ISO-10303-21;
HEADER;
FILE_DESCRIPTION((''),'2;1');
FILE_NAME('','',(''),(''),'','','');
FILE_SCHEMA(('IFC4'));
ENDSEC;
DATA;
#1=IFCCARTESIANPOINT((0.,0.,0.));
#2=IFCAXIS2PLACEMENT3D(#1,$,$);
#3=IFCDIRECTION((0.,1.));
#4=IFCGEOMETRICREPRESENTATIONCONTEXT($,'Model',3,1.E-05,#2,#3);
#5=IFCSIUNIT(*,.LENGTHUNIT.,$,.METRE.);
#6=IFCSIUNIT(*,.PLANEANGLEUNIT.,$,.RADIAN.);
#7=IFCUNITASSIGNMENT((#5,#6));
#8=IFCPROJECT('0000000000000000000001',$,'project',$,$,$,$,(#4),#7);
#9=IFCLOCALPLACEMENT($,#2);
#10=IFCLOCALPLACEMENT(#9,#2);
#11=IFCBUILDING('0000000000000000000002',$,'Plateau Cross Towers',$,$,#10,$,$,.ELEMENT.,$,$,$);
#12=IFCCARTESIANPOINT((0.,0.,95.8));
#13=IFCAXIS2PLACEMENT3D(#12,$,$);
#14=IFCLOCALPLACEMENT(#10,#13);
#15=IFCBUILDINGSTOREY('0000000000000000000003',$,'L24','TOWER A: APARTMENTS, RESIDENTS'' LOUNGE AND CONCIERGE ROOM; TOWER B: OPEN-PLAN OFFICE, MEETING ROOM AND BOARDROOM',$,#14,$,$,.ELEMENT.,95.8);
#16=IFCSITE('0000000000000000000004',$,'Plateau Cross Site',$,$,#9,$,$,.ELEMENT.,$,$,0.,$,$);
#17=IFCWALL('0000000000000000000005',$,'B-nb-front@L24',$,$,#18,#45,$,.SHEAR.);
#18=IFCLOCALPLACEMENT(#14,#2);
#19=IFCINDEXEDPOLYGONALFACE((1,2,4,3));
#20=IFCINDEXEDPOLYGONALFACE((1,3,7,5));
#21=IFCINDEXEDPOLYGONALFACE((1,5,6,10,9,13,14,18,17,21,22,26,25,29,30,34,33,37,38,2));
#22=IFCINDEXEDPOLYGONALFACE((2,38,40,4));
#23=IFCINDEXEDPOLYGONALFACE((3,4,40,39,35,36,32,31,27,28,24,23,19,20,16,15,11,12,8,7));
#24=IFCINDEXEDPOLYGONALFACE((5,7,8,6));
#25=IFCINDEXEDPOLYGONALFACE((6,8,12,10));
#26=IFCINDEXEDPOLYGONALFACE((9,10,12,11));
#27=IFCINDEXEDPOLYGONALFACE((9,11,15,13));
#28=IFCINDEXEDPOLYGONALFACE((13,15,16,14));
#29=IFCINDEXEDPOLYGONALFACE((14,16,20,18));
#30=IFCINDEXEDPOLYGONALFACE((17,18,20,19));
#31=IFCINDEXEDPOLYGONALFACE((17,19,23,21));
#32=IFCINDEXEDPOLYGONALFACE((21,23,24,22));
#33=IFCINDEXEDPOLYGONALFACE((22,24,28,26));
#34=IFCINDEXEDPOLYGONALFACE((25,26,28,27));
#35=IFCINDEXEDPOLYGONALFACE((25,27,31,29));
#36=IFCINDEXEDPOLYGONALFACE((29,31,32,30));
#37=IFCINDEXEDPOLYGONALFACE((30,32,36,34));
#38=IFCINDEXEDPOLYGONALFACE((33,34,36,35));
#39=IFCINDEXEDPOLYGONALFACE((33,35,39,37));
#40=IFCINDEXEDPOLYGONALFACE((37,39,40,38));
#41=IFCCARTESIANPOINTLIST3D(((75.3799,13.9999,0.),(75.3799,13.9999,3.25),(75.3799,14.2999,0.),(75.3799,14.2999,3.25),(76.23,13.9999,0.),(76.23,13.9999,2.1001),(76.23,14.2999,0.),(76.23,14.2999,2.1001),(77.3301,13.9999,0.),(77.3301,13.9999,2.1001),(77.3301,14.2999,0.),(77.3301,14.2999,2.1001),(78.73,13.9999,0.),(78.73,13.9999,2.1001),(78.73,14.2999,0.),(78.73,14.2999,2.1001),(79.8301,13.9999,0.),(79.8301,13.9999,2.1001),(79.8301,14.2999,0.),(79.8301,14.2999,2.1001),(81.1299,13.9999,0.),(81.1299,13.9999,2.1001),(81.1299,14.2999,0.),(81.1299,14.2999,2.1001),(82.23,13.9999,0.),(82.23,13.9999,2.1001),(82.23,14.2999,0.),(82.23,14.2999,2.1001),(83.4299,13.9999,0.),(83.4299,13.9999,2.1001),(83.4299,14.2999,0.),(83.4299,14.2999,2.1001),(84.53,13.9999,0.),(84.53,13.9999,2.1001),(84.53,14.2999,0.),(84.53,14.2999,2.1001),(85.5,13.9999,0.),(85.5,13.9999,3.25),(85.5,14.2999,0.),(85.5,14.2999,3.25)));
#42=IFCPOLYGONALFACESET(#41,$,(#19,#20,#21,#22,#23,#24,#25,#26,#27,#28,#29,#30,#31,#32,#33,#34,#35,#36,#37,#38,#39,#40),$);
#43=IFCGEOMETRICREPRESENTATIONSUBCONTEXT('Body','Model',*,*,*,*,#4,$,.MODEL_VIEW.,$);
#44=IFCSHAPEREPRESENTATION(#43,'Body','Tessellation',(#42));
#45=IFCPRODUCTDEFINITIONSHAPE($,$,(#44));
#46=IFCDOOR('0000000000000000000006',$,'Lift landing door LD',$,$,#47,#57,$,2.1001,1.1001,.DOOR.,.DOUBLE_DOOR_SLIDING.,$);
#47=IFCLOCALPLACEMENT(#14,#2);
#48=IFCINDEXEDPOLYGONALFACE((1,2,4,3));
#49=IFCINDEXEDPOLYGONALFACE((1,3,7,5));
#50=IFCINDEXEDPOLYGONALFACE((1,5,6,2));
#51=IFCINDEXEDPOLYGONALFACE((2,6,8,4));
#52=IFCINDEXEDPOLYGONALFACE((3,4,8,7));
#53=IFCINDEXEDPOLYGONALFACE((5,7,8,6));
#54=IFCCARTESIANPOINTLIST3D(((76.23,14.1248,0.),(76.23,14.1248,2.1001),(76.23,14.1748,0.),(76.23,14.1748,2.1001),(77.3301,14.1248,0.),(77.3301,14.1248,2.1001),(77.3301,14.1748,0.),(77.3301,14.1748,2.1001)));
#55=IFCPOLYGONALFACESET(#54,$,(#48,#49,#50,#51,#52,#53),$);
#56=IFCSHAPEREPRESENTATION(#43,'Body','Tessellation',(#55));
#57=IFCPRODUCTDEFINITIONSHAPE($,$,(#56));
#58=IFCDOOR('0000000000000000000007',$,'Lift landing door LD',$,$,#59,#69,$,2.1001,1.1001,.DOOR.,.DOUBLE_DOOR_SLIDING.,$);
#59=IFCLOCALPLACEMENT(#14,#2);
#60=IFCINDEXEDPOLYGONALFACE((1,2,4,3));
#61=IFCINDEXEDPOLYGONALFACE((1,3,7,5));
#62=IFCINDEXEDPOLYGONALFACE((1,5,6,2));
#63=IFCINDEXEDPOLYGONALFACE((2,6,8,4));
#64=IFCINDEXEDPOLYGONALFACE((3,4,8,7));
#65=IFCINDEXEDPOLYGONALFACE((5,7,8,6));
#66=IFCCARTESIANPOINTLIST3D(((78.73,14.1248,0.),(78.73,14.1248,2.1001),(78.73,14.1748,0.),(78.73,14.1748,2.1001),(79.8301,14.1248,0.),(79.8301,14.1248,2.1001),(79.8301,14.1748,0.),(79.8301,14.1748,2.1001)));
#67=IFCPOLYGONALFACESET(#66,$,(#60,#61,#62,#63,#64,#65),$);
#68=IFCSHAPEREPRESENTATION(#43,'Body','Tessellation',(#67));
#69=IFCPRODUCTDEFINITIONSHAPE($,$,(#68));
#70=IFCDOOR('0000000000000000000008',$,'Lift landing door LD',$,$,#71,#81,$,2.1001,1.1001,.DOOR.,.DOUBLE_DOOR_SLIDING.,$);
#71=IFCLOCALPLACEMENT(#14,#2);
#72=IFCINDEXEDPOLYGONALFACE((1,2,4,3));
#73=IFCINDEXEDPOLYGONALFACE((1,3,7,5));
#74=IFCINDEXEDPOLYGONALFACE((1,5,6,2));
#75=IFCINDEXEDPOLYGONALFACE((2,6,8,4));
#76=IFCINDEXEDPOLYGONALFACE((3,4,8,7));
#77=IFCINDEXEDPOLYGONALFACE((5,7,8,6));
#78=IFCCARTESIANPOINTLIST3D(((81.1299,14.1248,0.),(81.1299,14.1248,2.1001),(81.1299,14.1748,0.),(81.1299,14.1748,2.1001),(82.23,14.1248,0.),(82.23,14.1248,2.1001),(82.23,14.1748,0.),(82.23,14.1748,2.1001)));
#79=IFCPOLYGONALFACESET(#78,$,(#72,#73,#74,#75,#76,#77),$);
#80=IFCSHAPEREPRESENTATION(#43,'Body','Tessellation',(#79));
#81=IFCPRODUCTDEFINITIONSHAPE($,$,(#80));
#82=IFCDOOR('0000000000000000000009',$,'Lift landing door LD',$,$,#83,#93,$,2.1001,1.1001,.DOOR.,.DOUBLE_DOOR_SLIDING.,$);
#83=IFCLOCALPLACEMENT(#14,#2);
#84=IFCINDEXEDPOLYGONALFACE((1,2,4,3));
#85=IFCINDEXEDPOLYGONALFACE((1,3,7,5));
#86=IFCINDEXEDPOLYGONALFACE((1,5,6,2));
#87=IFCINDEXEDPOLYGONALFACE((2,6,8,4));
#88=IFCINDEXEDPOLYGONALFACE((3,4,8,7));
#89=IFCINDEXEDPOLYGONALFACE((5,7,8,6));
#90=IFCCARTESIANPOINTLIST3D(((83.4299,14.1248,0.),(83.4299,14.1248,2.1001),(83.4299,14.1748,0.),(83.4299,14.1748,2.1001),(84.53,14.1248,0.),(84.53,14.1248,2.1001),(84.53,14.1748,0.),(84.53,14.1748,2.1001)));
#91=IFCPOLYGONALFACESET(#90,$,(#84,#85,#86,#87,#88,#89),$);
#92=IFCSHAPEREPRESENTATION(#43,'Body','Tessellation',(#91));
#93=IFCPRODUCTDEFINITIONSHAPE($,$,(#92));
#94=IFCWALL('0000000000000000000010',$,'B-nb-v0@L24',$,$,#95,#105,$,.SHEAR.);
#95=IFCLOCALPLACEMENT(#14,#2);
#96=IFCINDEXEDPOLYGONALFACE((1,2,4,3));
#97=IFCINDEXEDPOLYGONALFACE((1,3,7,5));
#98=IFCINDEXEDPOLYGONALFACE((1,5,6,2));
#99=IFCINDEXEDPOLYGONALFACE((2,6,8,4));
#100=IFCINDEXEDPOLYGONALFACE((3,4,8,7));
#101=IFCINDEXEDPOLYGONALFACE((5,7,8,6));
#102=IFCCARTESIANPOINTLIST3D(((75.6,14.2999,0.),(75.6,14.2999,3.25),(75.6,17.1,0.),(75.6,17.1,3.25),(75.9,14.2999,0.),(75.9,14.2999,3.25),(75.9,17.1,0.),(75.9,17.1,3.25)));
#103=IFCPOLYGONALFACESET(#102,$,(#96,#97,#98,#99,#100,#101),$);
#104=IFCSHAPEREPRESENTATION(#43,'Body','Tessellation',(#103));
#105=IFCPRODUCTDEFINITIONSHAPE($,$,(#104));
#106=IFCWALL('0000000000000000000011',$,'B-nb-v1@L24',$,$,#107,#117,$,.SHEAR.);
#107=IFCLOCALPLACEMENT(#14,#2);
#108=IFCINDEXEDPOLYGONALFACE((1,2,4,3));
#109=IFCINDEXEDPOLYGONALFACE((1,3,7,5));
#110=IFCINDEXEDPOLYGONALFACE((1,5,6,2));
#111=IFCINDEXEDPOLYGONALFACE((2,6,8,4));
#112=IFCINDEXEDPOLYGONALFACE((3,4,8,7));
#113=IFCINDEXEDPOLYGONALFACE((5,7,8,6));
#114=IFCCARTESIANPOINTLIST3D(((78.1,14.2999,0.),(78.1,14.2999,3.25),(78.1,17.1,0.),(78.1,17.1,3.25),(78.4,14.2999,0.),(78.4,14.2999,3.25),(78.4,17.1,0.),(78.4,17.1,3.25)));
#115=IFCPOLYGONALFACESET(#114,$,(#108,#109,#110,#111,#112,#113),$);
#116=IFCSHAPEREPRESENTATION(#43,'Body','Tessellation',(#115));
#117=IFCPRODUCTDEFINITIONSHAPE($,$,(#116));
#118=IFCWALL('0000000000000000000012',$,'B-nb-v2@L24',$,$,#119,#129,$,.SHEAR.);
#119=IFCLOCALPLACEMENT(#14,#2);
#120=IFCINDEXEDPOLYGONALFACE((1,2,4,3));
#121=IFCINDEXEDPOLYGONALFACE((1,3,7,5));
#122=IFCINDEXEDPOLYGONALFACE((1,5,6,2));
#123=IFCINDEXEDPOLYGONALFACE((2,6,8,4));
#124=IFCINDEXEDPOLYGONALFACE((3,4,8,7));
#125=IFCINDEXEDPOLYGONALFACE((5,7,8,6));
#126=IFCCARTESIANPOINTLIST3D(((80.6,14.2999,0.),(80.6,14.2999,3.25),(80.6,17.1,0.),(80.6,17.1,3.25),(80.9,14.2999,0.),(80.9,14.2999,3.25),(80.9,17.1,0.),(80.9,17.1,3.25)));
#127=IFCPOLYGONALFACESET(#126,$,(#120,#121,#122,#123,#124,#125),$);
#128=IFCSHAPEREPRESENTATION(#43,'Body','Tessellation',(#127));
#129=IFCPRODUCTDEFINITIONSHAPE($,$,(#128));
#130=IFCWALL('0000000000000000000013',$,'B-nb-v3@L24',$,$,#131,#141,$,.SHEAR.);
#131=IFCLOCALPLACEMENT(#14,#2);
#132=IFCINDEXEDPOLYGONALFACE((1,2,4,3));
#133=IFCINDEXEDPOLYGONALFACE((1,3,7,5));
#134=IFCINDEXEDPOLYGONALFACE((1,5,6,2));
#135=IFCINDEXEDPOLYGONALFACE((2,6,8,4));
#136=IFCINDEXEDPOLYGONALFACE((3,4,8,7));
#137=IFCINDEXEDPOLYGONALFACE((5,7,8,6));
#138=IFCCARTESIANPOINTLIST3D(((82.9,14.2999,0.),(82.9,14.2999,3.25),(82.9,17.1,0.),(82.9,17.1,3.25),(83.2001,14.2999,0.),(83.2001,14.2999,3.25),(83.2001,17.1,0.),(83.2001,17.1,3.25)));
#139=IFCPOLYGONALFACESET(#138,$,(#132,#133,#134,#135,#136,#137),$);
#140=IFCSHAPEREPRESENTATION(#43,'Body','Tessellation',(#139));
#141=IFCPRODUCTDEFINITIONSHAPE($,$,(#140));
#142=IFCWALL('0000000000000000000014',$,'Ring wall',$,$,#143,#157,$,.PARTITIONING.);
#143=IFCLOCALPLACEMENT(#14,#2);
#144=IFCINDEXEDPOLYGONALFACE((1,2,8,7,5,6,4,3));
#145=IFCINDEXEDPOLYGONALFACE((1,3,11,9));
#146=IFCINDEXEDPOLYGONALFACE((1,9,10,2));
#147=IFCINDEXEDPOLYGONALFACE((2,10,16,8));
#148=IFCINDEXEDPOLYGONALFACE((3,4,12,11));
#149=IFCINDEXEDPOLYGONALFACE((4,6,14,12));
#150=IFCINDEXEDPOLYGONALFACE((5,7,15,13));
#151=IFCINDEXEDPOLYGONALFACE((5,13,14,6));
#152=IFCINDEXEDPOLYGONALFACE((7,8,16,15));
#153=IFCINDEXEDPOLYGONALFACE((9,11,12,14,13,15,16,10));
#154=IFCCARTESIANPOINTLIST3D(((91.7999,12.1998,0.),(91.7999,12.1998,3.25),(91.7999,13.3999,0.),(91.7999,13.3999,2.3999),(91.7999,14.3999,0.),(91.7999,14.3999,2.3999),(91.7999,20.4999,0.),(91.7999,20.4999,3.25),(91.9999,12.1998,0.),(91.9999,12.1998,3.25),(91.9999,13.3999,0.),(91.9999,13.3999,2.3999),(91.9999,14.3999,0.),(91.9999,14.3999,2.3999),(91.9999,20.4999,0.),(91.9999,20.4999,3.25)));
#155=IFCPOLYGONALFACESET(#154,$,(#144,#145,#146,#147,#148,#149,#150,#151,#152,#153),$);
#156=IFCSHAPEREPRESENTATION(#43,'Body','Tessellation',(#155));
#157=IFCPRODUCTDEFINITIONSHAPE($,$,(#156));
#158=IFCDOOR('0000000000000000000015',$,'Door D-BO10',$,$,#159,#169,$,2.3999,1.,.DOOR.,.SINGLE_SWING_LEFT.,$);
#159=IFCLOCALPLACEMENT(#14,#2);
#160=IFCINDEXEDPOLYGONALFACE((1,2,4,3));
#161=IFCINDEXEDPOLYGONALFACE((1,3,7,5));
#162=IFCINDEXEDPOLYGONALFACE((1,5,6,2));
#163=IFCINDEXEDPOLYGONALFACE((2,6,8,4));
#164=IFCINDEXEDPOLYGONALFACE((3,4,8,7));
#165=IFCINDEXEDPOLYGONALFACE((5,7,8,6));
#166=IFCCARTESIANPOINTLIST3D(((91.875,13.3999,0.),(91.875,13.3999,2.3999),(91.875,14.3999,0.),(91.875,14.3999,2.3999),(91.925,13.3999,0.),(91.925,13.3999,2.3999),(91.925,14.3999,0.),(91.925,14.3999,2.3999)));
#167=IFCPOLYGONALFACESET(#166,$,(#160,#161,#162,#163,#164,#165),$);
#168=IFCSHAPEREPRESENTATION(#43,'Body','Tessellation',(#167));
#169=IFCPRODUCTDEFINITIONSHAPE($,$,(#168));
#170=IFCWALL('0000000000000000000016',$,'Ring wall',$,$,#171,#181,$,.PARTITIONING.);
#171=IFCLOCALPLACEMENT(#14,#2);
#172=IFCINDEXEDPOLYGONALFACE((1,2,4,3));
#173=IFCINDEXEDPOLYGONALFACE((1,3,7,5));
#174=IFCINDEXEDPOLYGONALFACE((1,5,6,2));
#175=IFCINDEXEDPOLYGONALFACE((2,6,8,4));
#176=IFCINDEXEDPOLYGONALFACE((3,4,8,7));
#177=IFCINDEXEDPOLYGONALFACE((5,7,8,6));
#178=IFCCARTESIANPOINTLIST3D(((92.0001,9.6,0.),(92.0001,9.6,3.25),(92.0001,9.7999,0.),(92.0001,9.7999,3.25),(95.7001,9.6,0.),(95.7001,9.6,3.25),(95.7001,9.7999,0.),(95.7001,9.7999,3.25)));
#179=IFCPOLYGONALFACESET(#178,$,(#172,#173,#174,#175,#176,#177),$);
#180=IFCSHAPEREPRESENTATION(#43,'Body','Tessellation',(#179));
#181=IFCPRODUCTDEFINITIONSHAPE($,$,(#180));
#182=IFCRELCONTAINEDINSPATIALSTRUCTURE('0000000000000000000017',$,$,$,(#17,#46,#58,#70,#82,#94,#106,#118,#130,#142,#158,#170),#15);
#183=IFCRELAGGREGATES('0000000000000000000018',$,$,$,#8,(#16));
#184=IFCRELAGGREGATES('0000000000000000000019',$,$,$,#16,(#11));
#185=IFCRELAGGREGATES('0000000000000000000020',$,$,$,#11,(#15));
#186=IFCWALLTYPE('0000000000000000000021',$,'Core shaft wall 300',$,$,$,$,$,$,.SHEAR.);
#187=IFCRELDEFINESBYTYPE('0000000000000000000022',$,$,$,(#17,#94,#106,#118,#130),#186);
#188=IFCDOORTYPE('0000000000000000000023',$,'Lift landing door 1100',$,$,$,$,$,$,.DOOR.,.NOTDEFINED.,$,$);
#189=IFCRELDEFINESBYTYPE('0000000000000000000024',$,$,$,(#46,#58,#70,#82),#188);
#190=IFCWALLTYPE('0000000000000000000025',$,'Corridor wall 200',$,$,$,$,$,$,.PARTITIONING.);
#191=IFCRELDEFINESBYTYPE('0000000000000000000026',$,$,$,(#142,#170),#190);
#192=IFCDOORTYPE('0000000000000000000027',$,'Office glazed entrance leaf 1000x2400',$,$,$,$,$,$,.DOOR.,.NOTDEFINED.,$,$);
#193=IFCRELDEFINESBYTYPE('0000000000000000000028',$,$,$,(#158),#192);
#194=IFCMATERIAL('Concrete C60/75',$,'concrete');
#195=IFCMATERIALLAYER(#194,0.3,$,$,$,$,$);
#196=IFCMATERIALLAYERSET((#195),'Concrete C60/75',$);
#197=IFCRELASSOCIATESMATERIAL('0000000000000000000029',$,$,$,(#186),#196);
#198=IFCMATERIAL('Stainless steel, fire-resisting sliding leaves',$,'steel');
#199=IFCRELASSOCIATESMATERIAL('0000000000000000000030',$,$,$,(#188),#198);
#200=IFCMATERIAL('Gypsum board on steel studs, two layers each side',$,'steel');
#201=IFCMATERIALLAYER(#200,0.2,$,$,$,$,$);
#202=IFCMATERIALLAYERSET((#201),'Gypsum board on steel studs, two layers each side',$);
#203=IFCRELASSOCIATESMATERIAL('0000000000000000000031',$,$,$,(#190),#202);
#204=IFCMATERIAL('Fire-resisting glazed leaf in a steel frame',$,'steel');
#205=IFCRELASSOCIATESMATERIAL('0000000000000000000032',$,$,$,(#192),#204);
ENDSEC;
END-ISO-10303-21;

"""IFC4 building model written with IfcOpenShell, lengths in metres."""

from ifc_helpers import new_model, si_unit, direction, frame, frame_2d, origin, place, context, subcontext, project, spatial, rectangle, extrude, material, layer, layer_set, type_object, element, fill, save


model = new_model("IFC4")

# Units and contexts
model_context = context("Model", 3, precision=1e-05, world=origin(), true_north=direction((0.0, 1.0)))
body_context = subcontext(model_context, "Body", "Model", "MODEL_VIEW")
ifc_project = project(units=[si_unit("LENGTHUNIT", "METRE"), si_unit("PLANEANGLEUNIT", "RADIAN")], contexts=[model_context])

# Site, building, storey
site_placement = place(None, origin())
site = spatial("IfcSite", under=ifc_project, at=site_placement, Name="Plateau Cross Site", CompositionType="ELEMENT", RefElevation=0.0)
building_placement = place(site_placement, origin())
building = spatial("IfcBuilding", under=site, at=building_placement, Name="Plateau Cross Towers", CompositionType="ELEMENT")
storey_placement = place(building_placement, frame((0.0, 0.0, 95.8)))
storey = spatial("IfcBuildingStorey", under=building, at=storey_placement, Name="L24", Description="TOWER A: APARTMENTS, RESIDENTS' LOUNGE AND CONCIERGE ROOM; TOWER B: OPEN-PLAN OFFICE, MEETING ROOM AND BOARDROOM", CompositionType="ELEMENT", Elevation=95.8)

# Shared definitions
ifc_material_1 = material(Name="Concrete C60/75", Category="concrete")

# Wall, openings, doors
ifc_layer_1 = layer(ifc_material_1, 0.3)
ifc_layer_set_1 = layer_set([ifc_layer_1], Name="Concrete C60/75")
wall_type_1 = type_object("IfcWallType", Name="Core shaft wall 300", PredefinedType="SHEAR", material=ifc_layer_set_1)
wall_1_placement = place(storey_placement, frame((75.3799, 14.1499, 0.0), z_axis=(0.0, 0.0, 1.0), x_axis=(1.0, 0.0, 0.0)))
wall_1 = element("IfcWall", 1, at=wall_1_placement, inside=storey, type_object=wall_type_1, Name="B-nb-front@L24", PredefinedType="SHEAR", context=body_context, shape_type="SweptSolid", body=[
    extrude(rectangle(XDim=10.1201, YDim=0.3, at=frame_2d((5.0601, 0.0))), origin(), (0.0, 0.0, 1.0), 3.25),
])
opening_1_placement = place(wall_1_placement, frame((0.8501, 0.0, 0.0)))
opening_1 = element("IfcOpeningElement", 2, at=opening_1_placement, cuts=wall_1, PredefinedType="OPENING", context=body_context, shape_type="SweptSolid", body=[
    extrude(rectangle(XDim=1.1001, YDim=2.1001, at=frame_2d((0.55, 1.05))), frame((0.0, 0.1599, 0.0), z_axis=(0.0, -1.0, 0.0), x_axis=(1.0, 0.0, 0.0)), (0.0, 0.0, 1.0), 0.3201),
])
opening_2_placement = place(wall_1_placement, frame((3.3501, 0.0, 0.0)))
opening_2 = element("IfcOpeningElement", 3, at=opening_2_placement, cuts=wall_1, PredefinedType="OPENING", context=body_context, shape_type="SweptSolid", body=[
    extrude(rectangle(XDim=1.1001, YDim=2.1001, at=frame_2d((0.55, 1.05))), frame((0.0, 0.1599, 0.0), z_axis=(0.0, -1.0, 0.0), x_axis=(1.0, 0.0, 0.0)), (0.0, 0.0, 1.0), 0.3201),
])
opening_3_placement = place(wall_1_placement, frame((5.75, 0.0, 0.0)))
opening_3 = element("IfcOpeningElement", 4, at=opening_3_placement, cuts=wall_1, PredefinedType="OPENING", context=body_context, shape_type="SweptSolid", body=[
    extrude(rectangle(XDim=1.1001, YDim=2.1001, at=frame_2d((0.55, 1.05))), frame((0.0, 0.1599, 0.0), z_axis=(0.0, -1.0, 0.0), x_axis=(1.0, 0.0, 0.0)), (0.0, 0.0, 1.0), 0.3201),
])
opening_4_placement = place(wall_1_placement, frame((8.05, 0.0, 0.0)))
opening_4 = element("IfcOpeningElement", 5, at=opening_4_placement, cuts=wall_1, PredefinedType="OPENING", context=body_context, shape_type="SweptSolid", body=[
    extrude(rectangle(XDim=1.1001, YDim=2.1001, at=frame_2d((0.55, 1.05))), frame((0.0, 0.1599, 0.0), z_axis=(0.0, -1.0, 0.0), x_axis=(1.0, 0.0, 0.0)), (0.0, 0.0, 1.0), 0.3201),
])
ifc_material_2 = material(Name="Stainless steel, fire-resisting sliding leaves", Category="steel")
door_type_1 = type_object("IfcDoorType", Name="Lift landing door 1100", OperationType="NOTDEFINED", PredefinedType="DOOR", material=ifc_material_2)
door_1_placement = place(opening_1_placement, origin())
door_1 = element("IfcDoor", 6, at=door_1_placement, inside=storey, type_object=door_type_1, Name="Lift landing door LD", OperationType="DOUBLE_DOOR_SLIDING", OverallHeight=2.1001, OverallWidth=1.1001, PredefinedType="DOOR", context=body_context, shape_type="SweptSolid", body=[
    extrude(rectangle(XDim=1.1001, YDim=2.1001, at=frame_2d((0.55, 1.05))), frame((0.0, 0.0249, 0.0), z_axis=(0.0, -1.0, 0.0), x_axis=(1.0, 0.0, 0.0)), (0.0, 0.0, 1.0), 0.05),
])
fill(opening_1, door_1)
door_2_placement = place(opening_2_placement, origin())
door_2 = element("IfcDoor", 7, at=door_2_placement, inside=storey, type_object=door_type_1, Name="Lift landing door LD", OperationType="DOUBLE_DOOR_SLIDING", OverallHeight=2.1001, OverallWidth=1.1001, PredefinedType="DOOR", context=body_context, shape_type="SweptSolid", body=[
    extrude(rectangle(XDim=1.1001, YDim=2.1001, at=frame_2d((0.55, 1.05))), frame((0.0, 0.0249, 0.0), z_axis=(0.0, -1.0, 0.0), x_axis=(1.0, 0.0, 0.0)), (0.0, 0.0, 1.0), 0.05),
])
fill(opening_2, door_2)
door_3_placement = place(opening_3_placement, origin())
door_3 = element("IfcDoor", 8, at=door_3_placement, inside=storey, type_object=door_type_1, Name="Lift landing door LD", OperationType="DOUBLE_DOOR_SLIDING", OverallHeight=2.1001, OverallWidth=1.1001, PredefinedType="DOOR", context=body_context, shape_type="SweptSolid", body=[
    extrude(rectangle(XDim=1.1001, YDim=2.1001, at=frame_2d((0.55, 1.05))), frame((0.0, 0.0249, 0.0), z_axis=(0.0, -1.0, 0.0), x_axis=(1.0, 0.0, 0.0)), (0.0, 0.0, 1.0), 0.05),
])
fill(opening_3, door_3)
door_4_placement = place(opening_4_placement, origin())
door_4 = element("IfcDoor", 9, at=door_4_placement, inside=storey, type_object=door_type_1, Name="Lift landing door LD", OperationType="DOUBLE_DOOR_SLIDING", OverallHeight=2.1001, OverallWidth=1.1001, PredefinedType="DOOR", context=body_context, shape_type="SweptSolid", body=[
    extrude(rectangle(XDim=1.1001, YDim=2.1001, at=frame_2d((0.55, 1.05))), frame((0.0, 0.0249, 0.0), z_axis=(0.0, -1.0, 0.0), x_axis=(1.0, 0.0, 0.0)), (0.0, 0.0, 1.0), 0.05),
])
fill(opening_4, door_4)

# Walls
for number, where, z_axis, x_axis, name in (
    (10, (75.75, 14.3, 0.0), (0.0, 0.0, 1.0), (0.0, 1.0, 0.0), "B-nb-v0@L24"),
    (11, (78.25, 14.3, 0.0), (0.0, 0.0, 1.0), (0.0, 1.0, 0.0), "B-nb-v1@L24"),
    (12, (80.75, 14.3, 0.0), (0.0, 0.0, 1.0), (0.0, 1.0, 0.0), "B-nb-v2@L24"),
    (13, (83.05, 14.3, 0.0), (0.0, 0.0, 1.0), (0.0, 1.0, 0.0), "B-nb-v3@L24"),
):
    element("IfcWall", number, at=place(storey_placement, frame(where, z_axis=z_axis, x_axis=x_axis)), inside=storey, type_object=wall_type_1, Name=name, PredefinedType="SHEAR", context=body_context, shape_type="SweptSolid", body=[
        extrude(rectangle(XDim=2.8, YDim=0.3, at=frame_2d((1.3999, 0.0))), origin(), (0.0, 0.0, 1.0), 3.25),
    ])

# Wall, opening, door
ifc_material_3 = material(Name="Gypsum board on steel studs, two layers each side", Category="steel")
ifc_layer_2 = layer(ifc_material_3, 0.2)
ifc_layer_set_2 = layer_set([ifc_layer_2], Name="Gypsum board on steel studs, two layers each side")
wall_type_2 = type_object("IfcWallType", Name="Corridor wall 200", PredefinedType="PARTITIONING", material=ifc_layer_set_2)
wall_2_placement = place(storey_placement, frame((91.8999, 12.2, 0.0), z_axis=(0.0, 0.0, 1.0), x_axis=(0.0, 1.0, 0.0)))
wall_2 = element("IfcWall", 14, at=wall_2_placement, inside=storey, type_object=wall_type_2, Name="Ring wall", PredefinedType="PARTITIONING", context=body_context, shape_type="SweptSolid", body=[
    extrude(rectangle(XDim=8.3, YDim=0.2, at=frame_2d((4.1499, 0.0))), origin(), (0.0, 0.0, 1.0), 3.25),
])
opening_5_placement = place(wall_2_placement, frame((1.2, 0.0, 0.0)))
opening_5 = element("IfcOpeningElement", 15, at=opening_5_placement, cuts=wall_2, PredefinedType="OPENING", context=body_context, shape_type="SweptSolid", body=[
    extrude(rectangle(XDim=1.0, YDim=2.3999, at=frame_2d((0.5, 1.2))), frame((0.0, 0.1099, 0.0), z_axis=(0.0, -1.0, 0.0), x_axis=(1.0, 0.0, 0.0)), (0.0, 0.0, 1.0), 0.22),
])
ifc_material_4 = material(Name="Fire-resisting glazed leaf in a steel frame", Category="steel")
door_type_2 = type_object("IfcDoorType", Name="Office glazed entrance leaf 1000x2400", OperationType="NOTDEFINED", PredefinedType="DOOR", material=ifc_material_4)
door_5_placement = place(opening_5_placement, origin())
door_5 = element("IfcDoor", 16, at=door_5_placement, inside=storey, type_object=door_type_2, Name="Door D-BO10", OperationType="SINGLE_SWING_LEFT", OverallHeight=2.3999, OverallWidth=1.0, PredefinedType="DOOR", context=body_context, shape_type="SweptSolid", body=[
    extrude(rectangle(XDim=1.0, YDim=2.3999, at=frame_2d((0.5, 1.2))), frame((0.0, 0.0249, 0.0), z_axis=(0.0, -1.0, 0.0), x_axis=(1.0, 0.0, 0.0)), (0.0, 0.0, 1.0), 0.05),
])
fill(opening_5, door_5)

# Wall
for number, where, z_axis, x_axis, name in (
    (17, (92.0, 9.7, 0.0), (0.0, 0.0, 1.0), (1.0, 0.0, 0.0), "Ring wall"),
):
    element("IfcWall", number, at=place(storey_placement, frame(where, z_axis=z_axis, x_axis=x_axis)), inside=storey, type_object=wall_type_2, Name=name, PredefinedType="PARTITIONING", context=body_context, shape_type="SweptSolid", body=[
        extrude(rectangle(XDim=3.7, YDim=0.2, at=frame_2d((1.8501, 0.0))), origin(), (0.0, 0.0, 1.0), 3.25),
    ])

save(model, "model.ifc")
